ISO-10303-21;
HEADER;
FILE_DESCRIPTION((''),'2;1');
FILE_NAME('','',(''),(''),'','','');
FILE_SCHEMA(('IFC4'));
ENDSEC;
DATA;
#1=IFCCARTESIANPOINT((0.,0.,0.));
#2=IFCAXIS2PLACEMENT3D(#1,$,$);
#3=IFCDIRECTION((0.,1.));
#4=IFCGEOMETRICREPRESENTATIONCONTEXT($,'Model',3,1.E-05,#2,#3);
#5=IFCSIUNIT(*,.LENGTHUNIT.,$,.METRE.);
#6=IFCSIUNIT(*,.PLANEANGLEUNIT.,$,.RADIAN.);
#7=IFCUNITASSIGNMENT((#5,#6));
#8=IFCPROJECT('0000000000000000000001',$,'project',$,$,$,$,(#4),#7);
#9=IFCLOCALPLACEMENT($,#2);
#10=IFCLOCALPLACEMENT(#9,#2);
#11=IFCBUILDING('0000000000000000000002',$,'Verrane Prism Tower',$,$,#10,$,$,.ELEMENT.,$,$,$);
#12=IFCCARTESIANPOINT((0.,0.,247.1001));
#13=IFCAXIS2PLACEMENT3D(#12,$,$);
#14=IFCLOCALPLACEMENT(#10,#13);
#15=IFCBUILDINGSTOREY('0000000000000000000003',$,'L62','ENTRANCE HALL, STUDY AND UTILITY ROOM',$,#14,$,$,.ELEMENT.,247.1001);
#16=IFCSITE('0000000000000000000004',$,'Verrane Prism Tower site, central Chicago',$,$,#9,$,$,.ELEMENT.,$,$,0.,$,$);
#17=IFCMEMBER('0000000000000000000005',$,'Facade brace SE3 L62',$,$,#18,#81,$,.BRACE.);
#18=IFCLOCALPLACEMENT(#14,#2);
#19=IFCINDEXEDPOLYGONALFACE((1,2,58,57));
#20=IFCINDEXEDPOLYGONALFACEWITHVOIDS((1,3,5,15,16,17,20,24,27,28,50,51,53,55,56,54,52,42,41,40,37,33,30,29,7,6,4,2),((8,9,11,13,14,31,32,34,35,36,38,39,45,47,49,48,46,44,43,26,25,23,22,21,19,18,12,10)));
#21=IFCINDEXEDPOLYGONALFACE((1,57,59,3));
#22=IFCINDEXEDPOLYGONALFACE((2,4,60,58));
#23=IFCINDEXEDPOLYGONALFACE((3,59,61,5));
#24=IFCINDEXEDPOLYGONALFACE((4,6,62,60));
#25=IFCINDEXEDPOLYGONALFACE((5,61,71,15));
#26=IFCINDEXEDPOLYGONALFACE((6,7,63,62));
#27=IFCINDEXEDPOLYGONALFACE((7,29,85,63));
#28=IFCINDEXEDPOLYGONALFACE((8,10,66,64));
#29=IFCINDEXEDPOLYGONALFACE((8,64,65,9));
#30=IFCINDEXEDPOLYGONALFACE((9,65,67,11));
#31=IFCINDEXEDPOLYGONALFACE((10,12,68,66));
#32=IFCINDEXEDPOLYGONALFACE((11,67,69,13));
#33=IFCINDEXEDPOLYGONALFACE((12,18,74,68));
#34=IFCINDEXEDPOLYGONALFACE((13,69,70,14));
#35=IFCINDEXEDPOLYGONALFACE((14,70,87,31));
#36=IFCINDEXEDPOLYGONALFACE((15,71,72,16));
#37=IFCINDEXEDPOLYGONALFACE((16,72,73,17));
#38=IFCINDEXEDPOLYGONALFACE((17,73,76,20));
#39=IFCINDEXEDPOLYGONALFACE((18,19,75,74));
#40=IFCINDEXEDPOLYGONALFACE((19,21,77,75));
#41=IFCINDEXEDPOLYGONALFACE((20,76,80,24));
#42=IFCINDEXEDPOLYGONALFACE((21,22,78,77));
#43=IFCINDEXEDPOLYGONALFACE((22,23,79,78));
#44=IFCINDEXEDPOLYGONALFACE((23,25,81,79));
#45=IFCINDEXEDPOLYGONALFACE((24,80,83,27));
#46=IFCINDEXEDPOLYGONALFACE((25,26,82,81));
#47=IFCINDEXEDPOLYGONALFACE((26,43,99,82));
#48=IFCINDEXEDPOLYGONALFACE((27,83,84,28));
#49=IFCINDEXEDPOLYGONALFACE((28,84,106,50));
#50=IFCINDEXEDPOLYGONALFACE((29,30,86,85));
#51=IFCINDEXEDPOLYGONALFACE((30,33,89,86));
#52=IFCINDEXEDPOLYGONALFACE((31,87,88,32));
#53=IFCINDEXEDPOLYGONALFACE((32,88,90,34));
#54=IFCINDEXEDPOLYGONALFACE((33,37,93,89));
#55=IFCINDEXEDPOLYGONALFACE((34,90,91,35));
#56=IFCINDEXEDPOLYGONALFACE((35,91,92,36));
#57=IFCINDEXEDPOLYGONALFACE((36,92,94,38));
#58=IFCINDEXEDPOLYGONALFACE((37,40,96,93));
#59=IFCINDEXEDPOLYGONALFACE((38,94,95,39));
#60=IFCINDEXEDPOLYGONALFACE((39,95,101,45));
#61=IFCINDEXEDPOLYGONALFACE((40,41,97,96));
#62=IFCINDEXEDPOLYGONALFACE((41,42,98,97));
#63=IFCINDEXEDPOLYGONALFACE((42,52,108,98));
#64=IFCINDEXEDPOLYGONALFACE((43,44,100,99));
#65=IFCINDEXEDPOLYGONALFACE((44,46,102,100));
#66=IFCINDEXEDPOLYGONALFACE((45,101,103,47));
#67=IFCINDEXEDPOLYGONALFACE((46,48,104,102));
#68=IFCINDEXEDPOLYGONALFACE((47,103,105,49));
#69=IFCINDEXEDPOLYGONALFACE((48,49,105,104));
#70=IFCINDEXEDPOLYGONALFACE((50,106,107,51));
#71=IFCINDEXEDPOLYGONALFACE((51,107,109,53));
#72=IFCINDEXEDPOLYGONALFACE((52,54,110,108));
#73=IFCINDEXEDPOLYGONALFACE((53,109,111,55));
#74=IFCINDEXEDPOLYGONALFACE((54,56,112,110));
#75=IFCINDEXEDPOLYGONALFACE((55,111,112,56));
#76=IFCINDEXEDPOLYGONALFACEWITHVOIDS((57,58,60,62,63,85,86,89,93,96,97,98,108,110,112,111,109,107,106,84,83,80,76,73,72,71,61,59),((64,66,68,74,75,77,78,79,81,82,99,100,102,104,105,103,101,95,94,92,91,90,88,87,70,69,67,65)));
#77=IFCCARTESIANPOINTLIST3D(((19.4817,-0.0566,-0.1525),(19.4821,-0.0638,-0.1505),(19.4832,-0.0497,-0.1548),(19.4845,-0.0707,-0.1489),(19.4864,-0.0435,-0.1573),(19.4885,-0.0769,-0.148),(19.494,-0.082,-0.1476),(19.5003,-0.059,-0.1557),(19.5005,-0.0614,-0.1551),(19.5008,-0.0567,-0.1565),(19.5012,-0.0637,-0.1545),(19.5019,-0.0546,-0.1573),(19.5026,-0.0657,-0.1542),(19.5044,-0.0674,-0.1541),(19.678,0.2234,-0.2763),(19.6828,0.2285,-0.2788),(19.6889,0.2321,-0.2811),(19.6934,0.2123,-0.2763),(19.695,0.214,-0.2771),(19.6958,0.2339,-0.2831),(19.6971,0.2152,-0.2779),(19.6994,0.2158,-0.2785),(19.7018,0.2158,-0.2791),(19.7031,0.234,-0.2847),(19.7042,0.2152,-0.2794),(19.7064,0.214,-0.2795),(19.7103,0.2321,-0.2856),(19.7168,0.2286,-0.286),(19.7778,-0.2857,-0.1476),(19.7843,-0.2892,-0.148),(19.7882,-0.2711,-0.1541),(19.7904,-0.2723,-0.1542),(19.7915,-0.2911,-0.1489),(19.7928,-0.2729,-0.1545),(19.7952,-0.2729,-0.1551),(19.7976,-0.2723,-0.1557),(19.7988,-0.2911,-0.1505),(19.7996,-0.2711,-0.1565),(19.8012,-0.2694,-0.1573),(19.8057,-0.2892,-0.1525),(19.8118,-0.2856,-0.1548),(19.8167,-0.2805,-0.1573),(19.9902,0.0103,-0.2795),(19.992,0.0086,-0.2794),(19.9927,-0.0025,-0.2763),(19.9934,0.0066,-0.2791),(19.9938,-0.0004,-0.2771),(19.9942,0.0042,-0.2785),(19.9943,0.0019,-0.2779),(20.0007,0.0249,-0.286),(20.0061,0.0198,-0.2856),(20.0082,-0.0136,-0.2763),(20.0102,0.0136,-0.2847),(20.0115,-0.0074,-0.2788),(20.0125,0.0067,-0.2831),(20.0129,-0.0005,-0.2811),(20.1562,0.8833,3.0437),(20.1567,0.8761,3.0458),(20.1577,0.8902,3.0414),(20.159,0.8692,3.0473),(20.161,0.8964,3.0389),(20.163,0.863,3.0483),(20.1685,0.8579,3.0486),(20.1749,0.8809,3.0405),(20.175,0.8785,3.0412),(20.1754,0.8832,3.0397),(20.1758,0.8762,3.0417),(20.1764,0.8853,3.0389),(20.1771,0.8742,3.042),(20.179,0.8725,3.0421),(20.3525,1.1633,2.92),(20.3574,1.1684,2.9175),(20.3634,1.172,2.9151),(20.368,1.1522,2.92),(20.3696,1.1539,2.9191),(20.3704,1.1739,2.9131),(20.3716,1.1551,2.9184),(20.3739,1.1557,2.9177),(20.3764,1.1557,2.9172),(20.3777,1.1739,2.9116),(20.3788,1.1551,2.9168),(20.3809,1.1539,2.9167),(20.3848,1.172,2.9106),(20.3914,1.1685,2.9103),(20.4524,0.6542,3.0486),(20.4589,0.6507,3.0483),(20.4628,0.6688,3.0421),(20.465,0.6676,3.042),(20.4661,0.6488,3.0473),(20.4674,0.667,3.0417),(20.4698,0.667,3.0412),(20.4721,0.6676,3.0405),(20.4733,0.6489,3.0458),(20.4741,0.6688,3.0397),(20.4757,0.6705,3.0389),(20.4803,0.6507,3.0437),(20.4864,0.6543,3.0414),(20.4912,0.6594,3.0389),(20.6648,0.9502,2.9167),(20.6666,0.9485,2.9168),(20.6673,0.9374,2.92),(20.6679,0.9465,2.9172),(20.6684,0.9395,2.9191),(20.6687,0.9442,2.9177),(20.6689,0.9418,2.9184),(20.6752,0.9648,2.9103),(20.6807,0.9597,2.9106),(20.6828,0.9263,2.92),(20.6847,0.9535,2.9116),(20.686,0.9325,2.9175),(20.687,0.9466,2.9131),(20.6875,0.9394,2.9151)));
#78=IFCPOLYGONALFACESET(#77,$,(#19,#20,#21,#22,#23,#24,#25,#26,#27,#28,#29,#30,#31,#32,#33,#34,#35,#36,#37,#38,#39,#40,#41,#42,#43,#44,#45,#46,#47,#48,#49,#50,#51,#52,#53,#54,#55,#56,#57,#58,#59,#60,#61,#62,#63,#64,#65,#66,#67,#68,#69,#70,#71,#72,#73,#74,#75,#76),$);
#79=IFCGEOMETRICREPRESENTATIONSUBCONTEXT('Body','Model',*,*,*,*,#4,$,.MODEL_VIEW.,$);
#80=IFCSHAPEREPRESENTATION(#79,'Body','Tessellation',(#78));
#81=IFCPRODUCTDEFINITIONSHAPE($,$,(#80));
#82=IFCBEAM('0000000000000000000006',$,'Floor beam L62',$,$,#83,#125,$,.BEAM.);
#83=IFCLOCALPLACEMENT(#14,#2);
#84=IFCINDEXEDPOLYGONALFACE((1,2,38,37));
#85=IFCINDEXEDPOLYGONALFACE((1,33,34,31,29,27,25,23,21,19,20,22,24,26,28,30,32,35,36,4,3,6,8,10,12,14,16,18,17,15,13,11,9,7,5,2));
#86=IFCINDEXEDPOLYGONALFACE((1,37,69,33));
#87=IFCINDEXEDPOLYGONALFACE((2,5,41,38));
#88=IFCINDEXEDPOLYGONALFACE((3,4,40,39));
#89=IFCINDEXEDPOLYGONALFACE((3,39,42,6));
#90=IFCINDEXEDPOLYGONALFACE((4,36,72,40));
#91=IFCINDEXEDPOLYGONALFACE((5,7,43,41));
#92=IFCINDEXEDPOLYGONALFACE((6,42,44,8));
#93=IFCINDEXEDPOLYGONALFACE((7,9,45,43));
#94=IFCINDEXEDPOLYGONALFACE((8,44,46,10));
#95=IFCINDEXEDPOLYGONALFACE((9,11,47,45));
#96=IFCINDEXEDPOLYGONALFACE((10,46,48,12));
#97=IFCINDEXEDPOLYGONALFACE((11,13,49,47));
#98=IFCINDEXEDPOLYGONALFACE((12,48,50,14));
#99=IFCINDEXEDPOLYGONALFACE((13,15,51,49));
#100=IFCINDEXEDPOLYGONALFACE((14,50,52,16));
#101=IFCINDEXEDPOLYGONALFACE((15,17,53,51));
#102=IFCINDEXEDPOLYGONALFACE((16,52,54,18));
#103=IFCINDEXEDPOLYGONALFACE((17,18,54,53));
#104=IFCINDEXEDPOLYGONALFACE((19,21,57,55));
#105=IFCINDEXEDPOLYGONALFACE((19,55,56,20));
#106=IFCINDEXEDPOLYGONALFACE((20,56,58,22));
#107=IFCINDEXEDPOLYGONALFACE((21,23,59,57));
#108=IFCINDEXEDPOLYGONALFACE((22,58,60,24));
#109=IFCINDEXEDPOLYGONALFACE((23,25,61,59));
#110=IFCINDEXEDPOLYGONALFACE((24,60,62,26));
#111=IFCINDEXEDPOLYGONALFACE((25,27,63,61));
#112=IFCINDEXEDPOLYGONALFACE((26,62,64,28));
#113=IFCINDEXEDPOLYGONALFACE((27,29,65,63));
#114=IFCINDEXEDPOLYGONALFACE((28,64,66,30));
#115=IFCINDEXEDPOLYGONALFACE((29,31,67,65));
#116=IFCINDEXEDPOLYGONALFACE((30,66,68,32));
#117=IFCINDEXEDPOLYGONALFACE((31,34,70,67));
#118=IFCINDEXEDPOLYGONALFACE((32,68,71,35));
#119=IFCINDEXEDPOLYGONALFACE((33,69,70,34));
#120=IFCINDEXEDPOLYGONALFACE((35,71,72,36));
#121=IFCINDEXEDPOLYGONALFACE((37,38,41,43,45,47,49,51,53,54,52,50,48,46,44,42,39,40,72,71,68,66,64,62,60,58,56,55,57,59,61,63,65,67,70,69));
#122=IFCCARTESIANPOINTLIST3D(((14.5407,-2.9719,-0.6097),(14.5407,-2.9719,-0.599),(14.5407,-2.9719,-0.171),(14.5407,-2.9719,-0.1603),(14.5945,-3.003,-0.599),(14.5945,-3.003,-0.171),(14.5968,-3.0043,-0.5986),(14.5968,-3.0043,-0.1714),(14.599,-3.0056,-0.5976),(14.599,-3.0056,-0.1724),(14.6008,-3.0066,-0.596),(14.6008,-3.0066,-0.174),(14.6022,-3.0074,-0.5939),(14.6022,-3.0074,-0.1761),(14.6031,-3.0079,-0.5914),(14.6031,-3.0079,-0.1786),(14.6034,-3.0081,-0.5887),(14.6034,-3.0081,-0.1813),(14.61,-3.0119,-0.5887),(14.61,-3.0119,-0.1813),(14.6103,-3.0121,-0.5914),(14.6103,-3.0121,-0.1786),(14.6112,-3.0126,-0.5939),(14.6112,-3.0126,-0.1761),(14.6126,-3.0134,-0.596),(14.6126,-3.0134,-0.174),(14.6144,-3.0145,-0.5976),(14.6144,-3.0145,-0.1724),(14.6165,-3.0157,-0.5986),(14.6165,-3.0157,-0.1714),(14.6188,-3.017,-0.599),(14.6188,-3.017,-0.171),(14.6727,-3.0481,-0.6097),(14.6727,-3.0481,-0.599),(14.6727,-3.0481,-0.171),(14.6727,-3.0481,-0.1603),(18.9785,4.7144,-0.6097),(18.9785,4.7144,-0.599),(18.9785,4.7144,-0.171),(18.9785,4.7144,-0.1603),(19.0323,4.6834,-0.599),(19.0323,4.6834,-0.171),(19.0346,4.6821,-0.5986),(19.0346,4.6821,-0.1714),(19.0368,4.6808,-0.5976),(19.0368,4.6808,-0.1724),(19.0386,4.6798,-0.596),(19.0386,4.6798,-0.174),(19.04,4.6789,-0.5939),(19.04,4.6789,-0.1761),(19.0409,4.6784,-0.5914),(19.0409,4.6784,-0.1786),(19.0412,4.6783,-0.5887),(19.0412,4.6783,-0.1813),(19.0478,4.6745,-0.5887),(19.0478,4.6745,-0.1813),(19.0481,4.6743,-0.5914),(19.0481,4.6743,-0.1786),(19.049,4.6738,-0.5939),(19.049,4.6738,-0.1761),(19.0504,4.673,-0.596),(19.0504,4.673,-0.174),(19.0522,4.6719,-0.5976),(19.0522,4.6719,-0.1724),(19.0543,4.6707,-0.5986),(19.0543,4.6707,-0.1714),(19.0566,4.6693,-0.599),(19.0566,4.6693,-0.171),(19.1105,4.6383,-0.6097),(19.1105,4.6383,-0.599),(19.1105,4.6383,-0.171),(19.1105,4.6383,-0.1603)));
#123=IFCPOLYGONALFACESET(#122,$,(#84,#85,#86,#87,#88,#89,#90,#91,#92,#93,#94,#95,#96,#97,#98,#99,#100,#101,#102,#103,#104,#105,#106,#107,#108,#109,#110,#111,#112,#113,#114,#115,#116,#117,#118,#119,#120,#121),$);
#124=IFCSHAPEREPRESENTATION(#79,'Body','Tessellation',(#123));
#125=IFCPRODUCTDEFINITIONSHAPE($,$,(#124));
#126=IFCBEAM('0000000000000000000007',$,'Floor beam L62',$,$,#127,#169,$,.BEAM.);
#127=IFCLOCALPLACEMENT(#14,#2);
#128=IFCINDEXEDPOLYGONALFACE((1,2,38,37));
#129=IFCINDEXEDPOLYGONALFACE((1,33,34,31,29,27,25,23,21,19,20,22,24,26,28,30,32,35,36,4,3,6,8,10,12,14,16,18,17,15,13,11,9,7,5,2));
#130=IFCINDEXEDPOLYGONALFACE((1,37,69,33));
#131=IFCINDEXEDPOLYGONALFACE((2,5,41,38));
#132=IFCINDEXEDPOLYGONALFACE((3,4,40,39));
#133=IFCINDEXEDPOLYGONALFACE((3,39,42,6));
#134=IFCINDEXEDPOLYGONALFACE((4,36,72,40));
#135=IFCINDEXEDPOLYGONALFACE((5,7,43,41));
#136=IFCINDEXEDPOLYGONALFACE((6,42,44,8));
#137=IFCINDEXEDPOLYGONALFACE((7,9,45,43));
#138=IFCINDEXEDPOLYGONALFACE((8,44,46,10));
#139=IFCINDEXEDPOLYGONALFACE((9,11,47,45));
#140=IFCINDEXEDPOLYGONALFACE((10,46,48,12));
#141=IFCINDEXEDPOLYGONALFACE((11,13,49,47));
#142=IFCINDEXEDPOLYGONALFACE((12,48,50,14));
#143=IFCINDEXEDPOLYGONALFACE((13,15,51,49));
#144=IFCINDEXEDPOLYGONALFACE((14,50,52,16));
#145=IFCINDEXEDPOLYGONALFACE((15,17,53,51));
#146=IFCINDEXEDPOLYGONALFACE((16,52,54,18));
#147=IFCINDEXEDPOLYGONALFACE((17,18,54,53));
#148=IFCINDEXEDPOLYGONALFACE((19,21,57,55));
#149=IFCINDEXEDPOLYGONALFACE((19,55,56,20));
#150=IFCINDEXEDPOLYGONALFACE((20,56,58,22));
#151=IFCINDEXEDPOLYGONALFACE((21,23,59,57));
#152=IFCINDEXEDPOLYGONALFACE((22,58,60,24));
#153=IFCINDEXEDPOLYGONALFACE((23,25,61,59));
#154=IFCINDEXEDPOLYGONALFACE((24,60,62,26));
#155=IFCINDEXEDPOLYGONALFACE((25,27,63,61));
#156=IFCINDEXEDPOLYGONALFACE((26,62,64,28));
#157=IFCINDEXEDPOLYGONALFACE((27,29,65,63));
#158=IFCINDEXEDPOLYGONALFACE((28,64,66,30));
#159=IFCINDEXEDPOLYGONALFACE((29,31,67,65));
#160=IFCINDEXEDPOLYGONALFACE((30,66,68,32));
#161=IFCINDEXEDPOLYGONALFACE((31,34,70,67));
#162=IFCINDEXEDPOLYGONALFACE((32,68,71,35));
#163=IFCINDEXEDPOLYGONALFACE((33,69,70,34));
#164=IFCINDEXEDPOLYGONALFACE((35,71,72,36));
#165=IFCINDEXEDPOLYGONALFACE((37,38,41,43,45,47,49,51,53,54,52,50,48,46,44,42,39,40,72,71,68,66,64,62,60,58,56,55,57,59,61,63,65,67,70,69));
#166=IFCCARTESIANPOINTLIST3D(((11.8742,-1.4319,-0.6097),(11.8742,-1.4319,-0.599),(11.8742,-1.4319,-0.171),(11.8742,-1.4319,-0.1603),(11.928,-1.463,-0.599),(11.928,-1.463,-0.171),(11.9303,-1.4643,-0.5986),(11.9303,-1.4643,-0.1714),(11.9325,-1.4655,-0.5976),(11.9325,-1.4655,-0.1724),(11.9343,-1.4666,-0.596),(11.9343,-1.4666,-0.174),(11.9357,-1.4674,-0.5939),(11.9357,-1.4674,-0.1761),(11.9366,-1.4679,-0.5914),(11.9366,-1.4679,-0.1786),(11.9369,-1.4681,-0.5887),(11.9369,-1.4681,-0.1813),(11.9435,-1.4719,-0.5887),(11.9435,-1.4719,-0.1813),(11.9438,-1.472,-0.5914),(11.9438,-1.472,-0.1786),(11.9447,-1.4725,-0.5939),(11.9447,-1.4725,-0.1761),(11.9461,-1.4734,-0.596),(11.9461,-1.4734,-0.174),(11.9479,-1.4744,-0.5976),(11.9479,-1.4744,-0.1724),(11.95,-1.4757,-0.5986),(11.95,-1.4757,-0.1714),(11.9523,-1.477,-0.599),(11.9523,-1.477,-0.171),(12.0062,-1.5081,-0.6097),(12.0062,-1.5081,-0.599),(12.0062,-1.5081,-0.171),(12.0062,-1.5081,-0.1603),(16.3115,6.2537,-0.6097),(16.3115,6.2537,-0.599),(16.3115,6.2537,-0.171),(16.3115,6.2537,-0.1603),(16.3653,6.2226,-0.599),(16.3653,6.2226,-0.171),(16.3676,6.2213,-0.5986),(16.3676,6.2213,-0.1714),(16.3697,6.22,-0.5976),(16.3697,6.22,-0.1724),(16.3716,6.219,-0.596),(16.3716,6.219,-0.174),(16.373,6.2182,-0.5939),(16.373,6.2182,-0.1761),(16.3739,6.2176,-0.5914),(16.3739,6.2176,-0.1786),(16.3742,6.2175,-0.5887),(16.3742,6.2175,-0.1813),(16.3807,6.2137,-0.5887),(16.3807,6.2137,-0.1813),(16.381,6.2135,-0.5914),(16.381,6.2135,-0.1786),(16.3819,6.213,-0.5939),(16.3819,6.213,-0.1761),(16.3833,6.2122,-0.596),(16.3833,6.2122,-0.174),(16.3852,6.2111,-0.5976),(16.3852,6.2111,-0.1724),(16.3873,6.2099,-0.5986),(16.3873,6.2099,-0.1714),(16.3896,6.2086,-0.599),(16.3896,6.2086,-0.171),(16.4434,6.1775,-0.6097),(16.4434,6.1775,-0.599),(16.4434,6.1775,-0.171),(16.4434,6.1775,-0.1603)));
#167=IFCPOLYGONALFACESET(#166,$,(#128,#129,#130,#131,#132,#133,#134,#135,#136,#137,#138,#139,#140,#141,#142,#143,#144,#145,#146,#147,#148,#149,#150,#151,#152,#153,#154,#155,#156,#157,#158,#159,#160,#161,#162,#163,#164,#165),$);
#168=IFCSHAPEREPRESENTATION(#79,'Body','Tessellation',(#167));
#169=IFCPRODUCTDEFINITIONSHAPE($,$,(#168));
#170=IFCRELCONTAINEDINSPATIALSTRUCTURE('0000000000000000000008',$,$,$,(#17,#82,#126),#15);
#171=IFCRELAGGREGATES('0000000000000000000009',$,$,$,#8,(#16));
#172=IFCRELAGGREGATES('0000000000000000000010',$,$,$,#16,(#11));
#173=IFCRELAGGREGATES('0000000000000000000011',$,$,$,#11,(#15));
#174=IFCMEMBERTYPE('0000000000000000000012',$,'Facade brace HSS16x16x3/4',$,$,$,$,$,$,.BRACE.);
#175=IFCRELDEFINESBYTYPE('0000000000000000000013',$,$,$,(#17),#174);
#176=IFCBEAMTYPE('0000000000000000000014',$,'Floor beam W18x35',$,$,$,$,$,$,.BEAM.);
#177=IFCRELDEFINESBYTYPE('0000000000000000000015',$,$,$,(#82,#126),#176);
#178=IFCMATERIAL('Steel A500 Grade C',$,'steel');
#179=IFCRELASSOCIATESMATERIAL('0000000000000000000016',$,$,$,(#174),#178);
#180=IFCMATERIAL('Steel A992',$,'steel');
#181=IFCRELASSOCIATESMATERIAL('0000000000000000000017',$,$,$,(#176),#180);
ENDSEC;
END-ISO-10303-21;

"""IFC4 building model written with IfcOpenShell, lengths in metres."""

from ifc_helpers import new_model, si_unit, direction, frame, origin, origin_2d, place, context, subcontext, project, spatial, hollow_rectangle, i_section, extrude, material, material_profile, profile_set, type_object, element, save


model = new_model("IFC4")

# Units and contexts
model_context = context("Model", 3, precision=1e-05, world=origin(), true_north=direction((0.0, 1.0)))
body_context = subcontext(model_context, "Body", "Model", "MODEL_VIEW")
ifc_project = project(units=[si_unit("LENGTHUNIT", "METRE"), si_unit("PLANEANGLEUNIT", "RADIAN")], contexts=[model_context])

# Site, building, storey
site_placement = place(None, origin())
site = spatial("IfcSite", under=ifc_project, at=site_placement, Name="Verrane Prism Tower site, central Chicago", CompositionType="ELEMENT", RefElevation=0.0)
building_placement = place(site_placement, origin())
building = spatial("IfcBuilding", under=site, at=building_placement, Name="Verrane Prism Tower", CompositionType="ELEMENT")
storey_placement = place(building_placement, frame((0.0, 0.0, 247.1001)))
storey = spatial("IfcBuildingStorey", under=building, at=storey_placement, Name="L62", Description="ENTRANCE HALL, STUDY AND UTILITY ROOM", CompositionType="ELEMENT", Elevation=247.1001)

# Member
ifc_material_1 = material(Name="Steel A500 Grade C", Category="steel")
ifc_material_profile_1 = material_profile(ifc_material_1, hollow_rectangle(XDim=0.4065, YDim=0.4065, WallThickness=0.019, InnerFilletRadius=0.0095, OuterFilletRadius=0.0286, at=origin_2d()), Name="HSS16x16x3/4")
ifc_profile_set_1 = profile_set([ifc_material_profile_1], Name="Steel A500 Grade C")
member_type_1 = type_object("IfcMemberType", Name="Facade brace HSS16x16x3/4", PredefinedType="BRACE", material=ifc_profile_set_1)
member_1_placement = place(storey_placement, frame((19.7473, -0.0286, -0.2168), z_axis=(0.198445, 0.276516, 0.940297), x_axis=(-0.812434, 0.583053, 0.0)))
element("IfcMember", 1, at=member_1_placement, inside=storey, type_object=member_type_1, Name="Facade brace SE3 L62", PredefinedType="BRACE", context=body_context, shape_type="SweptSolid", body=[
    extrude(hollow_rectangle(XDim=0.4065, YDim=0.4065, WallThickness=0.019, InnerFilletRadius=0.0095, OuterFilletRadius=0.0286, at=origin_2d()), origin(), (0.0, 0.0, 1.0), 3.3992),
])

# Beams
ifc_material_2 = material(Name="Steel A992", Category="steel")
ifc_material_profile_2 = material_profile(ifc_material_2, i_section(OverallWidth=0.1523, OverallDepth=0.4495, WebThickness=0.0076, FlangeThickness=0.0107, FilletRadius=0.0103, at=origin_2d()), Name="W18x35")
ifc_profile_set_2 = profile_set([ifc_material_profile_2], Name="Steel A992")
beam_type_1 = type_object("IfcBeamType", Name="Floor beam W18x35", PredefinedType="BEAM", material=ifc_profile_set_2)
beam_1_placement = place(storey_placement, frame((14.6067, -3.01, -0.385), z_axis=(0.500006, 0.866022, 0.0), x_axis=(-0.866022, 0.500006, 0.0)))
element("IfcBeam", 2, at=beam_1_placement, inside=storey, type_object=beam_type_1, Name="Floor beam L62", PredefinedType="BEAM", context=body_context, shape_type="SweptSolid", body=[
    extrude(i_section(OverallWidth=0.1523, OverallDepth=0.4495, WebThickness=0.0076, FlangeThickness=0.0107, FilletRadius=0.0103, at=origin_2d()), origin(), (0.0, 0.0, 1.0), 8.8755),
])
beam_2_placement = place(storey_placement, frame((11.9402, -1.47, -0.385), z_axis=(0.5, 0.866025, 0.0), x_axis=(-0.866025, 0.5, 0.0)))
element("IfcBeam", 3, at=beam_2_placement, inside=storey, type_object=beam_type_1, Name="Floor beam L62", PredefinedType="BEAM", context=body_context, shape_type="SweptSolid", body=[
    extrude(i_section(OverallWidth=0.1523, OverallDepth=0.4495, WebThickness=0.0076, FlangeThickness=0.0107, FilletRadius=0.0103, at=origin_2d()), origin(), (0.0, 0.0, 1.0), 8.8745),
])

save(model, "model.ifc")
